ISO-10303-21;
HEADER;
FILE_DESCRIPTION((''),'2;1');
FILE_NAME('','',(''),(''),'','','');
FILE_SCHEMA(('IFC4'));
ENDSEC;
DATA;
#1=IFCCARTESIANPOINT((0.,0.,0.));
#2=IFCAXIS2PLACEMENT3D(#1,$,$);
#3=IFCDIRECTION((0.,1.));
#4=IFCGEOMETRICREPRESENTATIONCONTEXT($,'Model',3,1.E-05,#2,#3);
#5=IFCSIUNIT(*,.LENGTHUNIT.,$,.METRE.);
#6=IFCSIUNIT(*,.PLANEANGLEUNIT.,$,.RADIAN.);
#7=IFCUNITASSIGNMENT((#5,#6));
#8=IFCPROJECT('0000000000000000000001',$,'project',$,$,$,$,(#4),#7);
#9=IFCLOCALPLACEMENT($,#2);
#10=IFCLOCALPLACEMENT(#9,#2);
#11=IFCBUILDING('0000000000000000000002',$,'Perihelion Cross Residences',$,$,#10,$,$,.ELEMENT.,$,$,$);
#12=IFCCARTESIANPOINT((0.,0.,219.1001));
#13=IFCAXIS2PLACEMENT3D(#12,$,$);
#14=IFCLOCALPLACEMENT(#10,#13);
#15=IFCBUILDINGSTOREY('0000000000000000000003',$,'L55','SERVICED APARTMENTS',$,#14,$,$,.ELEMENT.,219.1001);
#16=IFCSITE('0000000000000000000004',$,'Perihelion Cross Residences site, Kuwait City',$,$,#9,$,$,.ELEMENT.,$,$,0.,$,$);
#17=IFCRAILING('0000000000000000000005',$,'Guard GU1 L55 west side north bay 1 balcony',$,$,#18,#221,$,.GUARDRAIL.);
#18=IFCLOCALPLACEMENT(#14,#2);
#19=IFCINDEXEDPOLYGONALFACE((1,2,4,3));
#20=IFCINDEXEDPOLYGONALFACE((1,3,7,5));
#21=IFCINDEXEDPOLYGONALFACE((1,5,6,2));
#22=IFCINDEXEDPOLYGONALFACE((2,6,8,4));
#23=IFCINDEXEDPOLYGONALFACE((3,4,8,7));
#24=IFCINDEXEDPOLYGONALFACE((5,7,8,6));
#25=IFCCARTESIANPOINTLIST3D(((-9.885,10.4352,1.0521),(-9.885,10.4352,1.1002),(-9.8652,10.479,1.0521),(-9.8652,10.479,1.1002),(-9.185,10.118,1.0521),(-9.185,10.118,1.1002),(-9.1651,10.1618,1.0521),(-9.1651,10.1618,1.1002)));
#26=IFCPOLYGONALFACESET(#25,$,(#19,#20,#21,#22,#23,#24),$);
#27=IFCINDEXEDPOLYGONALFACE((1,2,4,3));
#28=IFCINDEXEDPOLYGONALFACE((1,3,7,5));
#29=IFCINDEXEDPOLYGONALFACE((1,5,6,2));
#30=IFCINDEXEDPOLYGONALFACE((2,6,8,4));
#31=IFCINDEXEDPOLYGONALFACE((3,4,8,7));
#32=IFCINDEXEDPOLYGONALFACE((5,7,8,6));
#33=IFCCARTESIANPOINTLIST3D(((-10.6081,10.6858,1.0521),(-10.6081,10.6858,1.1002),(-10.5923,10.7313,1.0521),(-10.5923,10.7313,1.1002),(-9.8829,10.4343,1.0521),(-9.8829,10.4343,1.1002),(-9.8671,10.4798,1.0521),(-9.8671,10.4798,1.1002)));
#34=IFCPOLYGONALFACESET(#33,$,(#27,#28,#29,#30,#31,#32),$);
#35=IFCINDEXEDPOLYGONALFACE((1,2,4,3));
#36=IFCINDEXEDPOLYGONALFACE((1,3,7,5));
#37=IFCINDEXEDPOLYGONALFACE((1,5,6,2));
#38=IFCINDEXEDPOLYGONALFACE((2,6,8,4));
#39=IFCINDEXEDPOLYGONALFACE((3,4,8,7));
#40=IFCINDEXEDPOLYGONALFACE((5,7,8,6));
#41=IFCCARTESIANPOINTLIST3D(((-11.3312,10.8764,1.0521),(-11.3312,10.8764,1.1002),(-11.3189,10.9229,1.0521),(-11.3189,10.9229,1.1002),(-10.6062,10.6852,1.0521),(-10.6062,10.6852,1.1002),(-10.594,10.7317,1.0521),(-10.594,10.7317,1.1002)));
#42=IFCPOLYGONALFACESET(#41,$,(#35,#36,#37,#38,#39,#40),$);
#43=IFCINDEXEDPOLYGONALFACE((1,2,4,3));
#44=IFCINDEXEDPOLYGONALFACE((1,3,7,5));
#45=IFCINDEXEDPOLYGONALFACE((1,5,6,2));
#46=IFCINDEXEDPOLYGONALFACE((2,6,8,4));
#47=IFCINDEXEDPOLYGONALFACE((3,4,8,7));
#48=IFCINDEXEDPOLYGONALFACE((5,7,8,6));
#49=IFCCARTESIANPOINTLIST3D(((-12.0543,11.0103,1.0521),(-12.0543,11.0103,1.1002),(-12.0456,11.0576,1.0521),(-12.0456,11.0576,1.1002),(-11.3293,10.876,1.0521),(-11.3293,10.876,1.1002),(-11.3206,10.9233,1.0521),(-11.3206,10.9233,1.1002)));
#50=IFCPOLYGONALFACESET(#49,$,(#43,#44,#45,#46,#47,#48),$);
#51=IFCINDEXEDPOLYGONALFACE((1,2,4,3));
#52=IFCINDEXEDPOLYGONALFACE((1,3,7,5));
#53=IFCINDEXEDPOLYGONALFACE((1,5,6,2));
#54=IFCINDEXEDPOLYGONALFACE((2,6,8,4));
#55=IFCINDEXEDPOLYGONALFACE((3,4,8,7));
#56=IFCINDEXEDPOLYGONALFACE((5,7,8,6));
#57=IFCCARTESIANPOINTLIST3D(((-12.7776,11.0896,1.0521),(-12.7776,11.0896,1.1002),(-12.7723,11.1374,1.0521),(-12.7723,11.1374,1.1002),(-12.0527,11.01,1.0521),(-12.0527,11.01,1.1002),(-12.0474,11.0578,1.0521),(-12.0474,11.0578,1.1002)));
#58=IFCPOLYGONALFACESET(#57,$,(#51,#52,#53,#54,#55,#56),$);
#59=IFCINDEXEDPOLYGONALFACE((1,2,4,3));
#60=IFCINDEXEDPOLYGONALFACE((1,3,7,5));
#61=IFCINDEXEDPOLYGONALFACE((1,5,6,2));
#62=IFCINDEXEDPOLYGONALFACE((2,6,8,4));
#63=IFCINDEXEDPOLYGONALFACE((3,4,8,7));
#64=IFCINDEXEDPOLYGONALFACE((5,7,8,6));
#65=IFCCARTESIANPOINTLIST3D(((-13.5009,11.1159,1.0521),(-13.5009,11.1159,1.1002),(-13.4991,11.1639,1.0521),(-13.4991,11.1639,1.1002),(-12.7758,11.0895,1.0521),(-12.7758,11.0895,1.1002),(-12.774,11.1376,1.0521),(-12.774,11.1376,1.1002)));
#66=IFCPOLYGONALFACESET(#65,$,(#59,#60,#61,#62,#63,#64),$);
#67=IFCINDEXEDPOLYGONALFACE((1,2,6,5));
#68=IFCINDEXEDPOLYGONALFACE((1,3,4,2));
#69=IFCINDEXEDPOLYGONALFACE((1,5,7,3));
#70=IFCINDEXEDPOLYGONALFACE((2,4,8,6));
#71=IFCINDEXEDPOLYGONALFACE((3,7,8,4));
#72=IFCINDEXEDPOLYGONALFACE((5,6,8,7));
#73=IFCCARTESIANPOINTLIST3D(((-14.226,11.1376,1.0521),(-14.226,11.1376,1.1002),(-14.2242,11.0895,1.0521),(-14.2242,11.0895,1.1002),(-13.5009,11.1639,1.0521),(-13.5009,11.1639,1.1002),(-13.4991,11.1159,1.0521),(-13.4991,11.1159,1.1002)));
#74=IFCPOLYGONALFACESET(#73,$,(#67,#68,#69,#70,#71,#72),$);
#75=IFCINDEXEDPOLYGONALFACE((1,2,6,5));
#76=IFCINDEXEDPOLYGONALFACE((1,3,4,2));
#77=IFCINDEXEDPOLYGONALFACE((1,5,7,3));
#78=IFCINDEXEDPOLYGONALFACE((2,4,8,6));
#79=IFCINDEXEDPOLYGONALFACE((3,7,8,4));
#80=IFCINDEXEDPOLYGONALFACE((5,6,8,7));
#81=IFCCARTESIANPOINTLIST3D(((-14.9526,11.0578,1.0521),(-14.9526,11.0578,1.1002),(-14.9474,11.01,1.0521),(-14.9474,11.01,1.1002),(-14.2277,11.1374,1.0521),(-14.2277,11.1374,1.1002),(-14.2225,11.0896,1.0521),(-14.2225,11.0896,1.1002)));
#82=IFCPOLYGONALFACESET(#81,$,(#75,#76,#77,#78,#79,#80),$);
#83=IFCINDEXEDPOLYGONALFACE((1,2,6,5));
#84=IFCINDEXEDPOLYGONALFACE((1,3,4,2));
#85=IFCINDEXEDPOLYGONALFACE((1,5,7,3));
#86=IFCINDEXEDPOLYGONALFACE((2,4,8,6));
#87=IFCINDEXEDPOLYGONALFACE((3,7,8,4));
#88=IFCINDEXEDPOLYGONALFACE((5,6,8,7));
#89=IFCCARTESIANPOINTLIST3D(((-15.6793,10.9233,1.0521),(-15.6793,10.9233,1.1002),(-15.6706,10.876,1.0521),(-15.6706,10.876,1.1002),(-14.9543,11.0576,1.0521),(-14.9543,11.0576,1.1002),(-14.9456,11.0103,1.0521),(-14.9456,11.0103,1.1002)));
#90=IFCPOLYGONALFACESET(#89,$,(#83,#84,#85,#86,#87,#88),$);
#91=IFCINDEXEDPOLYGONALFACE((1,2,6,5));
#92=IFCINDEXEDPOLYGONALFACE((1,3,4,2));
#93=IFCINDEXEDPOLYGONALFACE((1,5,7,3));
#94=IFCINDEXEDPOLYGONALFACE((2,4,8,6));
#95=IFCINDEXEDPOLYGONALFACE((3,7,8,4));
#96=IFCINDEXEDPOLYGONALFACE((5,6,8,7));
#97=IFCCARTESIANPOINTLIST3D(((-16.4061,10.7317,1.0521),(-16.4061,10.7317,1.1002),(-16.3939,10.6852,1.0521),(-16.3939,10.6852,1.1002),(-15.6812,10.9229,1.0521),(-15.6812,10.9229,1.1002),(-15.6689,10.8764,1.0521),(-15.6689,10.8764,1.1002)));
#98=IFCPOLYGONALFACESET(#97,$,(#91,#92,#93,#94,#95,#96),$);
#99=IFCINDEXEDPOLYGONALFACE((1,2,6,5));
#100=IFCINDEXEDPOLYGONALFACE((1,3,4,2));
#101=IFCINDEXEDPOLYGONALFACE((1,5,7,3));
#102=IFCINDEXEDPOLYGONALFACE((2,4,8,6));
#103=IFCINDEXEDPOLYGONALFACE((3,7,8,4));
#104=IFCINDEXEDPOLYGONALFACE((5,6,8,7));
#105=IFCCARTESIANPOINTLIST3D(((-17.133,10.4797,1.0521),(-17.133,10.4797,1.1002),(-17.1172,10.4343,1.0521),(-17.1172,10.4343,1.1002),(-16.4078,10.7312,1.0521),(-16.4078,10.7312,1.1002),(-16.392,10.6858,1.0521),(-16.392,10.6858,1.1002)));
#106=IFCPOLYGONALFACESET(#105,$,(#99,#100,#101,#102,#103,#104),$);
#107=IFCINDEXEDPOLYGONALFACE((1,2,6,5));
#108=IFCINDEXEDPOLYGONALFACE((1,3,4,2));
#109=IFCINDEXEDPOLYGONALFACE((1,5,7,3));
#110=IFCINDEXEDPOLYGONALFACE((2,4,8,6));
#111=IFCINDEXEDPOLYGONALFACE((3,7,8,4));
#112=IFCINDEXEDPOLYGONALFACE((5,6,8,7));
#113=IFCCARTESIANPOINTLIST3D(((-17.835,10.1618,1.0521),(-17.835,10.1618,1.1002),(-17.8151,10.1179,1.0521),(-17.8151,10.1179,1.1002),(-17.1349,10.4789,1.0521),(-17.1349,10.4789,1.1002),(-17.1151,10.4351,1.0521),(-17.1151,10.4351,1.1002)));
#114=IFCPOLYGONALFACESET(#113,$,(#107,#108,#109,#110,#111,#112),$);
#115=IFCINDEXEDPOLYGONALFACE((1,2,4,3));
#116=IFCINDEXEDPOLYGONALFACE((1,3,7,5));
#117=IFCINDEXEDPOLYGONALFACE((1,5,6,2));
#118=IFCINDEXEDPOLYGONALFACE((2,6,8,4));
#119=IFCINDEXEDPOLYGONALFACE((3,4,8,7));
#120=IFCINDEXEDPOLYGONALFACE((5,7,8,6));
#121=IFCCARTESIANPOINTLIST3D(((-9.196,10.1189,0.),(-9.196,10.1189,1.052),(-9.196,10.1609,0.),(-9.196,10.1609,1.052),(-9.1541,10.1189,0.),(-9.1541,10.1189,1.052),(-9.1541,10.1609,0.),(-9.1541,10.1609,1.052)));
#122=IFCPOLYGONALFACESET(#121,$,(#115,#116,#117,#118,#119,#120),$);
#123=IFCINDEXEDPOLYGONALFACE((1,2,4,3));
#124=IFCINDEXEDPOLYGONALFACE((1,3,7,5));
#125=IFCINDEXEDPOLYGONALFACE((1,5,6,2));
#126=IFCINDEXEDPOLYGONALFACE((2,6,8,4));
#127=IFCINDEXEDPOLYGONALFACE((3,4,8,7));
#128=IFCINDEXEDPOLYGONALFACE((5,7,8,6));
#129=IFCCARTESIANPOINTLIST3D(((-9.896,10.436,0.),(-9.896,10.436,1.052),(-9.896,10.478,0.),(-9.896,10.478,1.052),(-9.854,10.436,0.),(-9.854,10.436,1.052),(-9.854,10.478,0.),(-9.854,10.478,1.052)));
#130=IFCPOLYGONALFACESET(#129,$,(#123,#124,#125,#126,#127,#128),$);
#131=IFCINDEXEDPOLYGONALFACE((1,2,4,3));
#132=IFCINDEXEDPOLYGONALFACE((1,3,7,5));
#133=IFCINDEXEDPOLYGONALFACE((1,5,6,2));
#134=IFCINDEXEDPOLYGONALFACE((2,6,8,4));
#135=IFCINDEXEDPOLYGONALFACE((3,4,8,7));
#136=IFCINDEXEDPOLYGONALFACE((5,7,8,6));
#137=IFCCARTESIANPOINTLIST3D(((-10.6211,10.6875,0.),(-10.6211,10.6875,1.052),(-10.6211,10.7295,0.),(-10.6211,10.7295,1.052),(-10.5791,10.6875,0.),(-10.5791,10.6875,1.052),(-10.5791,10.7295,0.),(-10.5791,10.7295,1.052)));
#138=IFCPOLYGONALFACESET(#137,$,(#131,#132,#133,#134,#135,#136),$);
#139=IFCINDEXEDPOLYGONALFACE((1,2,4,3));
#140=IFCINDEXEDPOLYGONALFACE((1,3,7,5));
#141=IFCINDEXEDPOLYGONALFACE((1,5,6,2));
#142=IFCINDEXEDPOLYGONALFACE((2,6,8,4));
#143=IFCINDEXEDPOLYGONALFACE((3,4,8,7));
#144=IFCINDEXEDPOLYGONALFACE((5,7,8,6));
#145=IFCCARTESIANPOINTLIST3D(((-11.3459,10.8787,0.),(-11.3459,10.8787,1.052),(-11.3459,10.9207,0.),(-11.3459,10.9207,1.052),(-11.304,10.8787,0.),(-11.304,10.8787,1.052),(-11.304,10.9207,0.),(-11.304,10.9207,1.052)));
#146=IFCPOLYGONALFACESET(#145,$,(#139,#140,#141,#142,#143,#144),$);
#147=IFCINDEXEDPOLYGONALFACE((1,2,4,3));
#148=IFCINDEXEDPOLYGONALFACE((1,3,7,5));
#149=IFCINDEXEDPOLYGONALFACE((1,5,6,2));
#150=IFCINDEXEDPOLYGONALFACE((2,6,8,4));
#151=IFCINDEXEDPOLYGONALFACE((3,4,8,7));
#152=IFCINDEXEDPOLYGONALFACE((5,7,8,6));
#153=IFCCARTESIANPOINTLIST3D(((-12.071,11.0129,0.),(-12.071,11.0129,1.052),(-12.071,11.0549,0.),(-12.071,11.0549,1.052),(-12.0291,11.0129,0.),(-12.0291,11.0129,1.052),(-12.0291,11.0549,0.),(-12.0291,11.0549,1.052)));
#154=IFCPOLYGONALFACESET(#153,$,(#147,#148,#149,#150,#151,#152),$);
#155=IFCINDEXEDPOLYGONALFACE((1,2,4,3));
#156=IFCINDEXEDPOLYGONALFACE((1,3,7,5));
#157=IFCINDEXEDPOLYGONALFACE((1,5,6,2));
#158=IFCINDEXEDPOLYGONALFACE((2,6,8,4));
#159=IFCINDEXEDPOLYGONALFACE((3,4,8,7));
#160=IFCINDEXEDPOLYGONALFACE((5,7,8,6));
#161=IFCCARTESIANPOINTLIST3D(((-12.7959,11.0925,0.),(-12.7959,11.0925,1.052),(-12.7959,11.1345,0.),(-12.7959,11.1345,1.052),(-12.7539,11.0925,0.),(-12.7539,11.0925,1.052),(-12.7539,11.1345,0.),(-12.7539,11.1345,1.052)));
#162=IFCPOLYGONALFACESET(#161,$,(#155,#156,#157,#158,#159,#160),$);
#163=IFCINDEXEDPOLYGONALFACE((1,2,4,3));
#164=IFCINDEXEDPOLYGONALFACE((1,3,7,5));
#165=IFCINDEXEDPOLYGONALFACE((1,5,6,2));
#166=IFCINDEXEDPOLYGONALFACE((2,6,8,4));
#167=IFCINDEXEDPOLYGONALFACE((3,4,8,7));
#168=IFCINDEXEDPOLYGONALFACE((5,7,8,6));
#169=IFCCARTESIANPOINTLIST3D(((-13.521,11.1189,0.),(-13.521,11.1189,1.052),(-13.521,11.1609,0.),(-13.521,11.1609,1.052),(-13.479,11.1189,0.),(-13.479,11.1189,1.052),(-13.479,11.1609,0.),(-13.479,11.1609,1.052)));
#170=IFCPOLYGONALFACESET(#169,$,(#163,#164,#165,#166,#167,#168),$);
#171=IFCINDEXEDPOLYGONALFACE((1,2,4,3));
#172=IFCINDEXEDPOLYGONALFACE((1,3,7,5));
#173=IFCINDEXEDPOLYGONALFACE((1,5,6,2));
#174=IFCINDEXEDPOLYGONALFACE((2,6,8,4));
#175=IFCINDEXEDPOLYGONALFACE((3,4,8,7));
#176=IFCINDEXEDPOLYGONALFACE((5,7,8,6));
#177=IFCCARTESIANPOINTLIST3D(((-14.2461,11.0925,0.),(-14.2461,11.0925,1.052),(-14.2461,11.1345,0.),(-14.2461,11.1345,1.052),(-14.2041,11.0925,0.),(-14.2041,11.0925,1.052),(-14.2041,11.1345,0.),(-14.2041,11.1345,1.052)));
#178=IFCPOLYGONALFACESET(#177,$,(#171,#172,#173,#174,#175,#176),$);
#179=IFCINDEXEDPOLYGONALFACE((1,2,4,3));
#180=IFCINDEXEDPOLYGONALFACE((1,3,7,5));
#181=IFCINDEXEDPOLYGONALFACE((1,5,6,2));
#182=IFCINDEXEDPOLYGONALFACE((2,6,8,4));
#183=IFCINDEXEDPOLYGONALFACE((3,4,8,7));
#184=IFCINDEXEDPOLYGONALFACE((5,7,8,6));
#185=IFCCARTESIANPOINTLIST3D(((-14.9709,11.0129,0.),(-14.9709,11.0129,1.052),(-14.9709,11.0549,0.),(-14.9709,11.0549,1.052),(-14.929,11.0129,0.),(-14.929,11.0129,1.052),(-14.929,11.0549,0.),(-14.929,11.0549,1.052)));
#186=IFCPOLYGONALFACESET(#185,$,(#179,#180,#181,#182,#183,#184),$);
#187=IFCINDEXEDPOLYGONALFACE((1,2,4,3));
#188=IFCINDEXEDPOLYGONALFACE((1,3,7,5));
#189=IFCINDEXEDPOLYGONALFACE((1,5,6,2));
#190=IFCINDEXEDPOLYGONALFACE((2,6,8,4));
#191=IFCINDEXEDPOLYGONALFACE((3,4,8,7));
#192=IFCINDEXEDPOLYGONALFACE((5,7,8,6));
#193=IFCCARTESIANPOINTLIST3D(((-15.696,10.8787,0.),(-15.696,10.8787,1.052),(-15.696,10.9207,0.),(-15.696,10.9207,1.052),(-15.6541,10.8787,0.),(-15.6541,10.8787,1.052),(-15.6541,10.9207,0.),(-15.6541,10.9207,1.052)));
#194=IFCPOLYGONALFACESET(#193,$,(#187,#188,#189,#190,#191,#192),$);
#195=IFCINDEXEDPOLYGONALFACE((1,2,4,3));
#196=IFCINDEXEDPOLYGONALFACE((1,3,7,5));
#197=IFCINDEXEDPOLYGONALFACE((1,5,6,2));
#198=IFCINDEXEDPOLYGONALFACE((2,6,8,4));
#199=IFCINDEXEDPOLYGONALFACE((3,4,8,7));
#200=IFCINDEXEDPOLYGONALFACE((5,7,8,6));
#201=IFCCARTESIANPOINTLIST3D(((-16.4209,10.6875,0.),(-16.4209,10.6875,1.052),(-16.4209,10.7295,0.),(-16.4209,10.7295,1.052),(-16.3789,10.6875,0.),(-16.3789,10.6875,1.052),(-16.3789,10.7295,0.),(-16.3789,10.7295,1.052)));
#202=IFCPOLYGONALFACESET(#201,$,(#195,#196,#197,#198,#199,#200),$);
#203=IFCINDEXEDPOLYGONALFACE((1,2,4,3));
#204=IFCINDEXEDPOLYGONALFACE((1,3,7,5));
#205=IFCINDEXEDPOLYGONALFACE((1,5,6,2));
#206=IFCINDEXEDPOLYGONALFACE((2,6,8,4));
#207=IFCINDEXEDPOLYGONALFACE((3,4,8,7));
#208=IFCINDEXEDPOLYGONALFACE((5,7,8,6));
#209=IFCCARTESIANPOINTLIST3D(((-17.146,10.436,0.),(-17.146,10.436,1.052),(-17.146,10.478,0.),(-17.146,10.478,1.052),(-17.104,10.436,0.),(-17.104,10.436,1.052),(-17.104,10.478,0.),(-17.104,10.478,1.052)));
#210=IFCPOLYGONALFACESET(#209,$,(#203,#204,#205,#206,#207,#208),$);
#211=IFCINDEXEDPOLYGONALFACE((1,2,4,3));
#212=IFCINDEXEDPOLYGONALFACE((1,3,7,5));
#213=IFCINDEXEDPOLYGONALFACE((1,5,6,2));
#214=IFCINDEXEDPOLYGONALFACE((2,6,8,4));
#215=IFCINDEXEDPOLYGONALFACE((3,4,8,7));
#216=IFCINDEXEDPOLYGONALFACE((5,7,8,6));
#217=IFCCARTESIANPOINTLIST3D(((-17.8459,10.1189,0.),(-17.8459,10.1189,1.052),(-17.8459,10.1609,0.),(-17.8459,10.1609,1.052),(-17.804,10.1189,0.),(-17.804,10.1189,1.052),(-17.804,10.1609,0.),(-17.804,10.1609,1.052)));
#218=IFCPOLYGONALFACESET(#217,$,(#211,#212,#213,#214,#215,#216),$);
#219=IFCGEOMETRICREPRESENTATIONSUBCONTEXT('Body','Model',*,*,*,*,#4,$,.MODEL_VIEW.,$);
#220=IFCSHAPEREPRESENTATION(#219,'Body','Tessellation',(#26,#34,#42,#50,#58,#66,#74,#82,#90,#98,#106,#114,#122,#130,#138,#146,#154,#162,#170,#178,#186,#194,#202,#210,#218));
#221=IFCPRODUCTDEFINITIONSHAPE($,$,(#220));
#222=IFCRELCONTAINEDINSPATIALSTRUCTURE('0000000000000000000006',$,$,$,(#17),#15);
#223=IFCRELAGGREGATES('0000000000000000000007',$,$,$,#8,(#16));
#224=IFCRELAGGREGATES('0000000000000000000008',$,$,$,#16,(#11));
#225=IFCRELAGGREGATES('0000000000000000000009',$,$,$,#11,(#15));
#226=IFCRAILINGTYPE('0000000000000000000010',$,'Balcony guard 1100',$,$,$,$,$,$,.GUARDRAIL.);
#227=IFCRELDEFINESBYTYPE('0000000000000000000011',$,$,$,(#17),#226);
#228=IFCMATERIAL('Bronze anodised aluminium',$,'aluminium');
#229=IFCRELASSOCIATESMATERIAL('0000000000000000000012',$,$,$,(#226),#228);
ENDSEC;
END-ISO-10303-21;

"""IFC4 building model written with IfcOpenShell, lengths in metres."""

from ifc_helpers import new_model, si_unit, direction, frame, origin, origin_2d, place, context, subcontext, project, spatial, rectangle, extrude, material, type_object, element, save


model = new_model("IFC4")

# Units and contexts
model_context = context("Model", 3, precision=1e-05, world=origin(), true_north=direction((0.0, 1.0)))
body_context = subcontext(model_context, "Body", "Model", "MODEL_VIEW")
ifc_project = project(units=[si_unit("LENGTHUNIT", "METRE"), si_unit("PLANEANGLEUNIT", "RADIAN")], contexts=[model_context])

# Site, building, storey
site_placement = place(None, origin())
site = spatial("IfcSite", under=ifc_project, at=site_placement, Name="Perihelion Cross Residences site, Kuwait City", CompositionType="ELEMENT", RefElevation=0.0)
building_placement = place(site_placement, origin())
building = spatial("IfcBuilding", under=site, at=building_placement, Name="Perihelion Cross Residences", CompositionType="ELEMENT")
storey_placement = place(building_placement, frame((0.0, 0.0, 219.1001)))
storey = spatial("IfcBuildingStorey", under=building, at=storey_placement, Name="L55", Description="SERVICED APARTMENTS", CompositionType="ELEMENT", Elevation=219.1001)

# Railing
ifc_material_1 = material(Name="Bronze anodised aluminium", Category="aluminium")
railing_type = type_object("IfcRailingType", Name="Balcony guard 1100", PredefinedType="GUARDRAIL", material=ifc_material_1)
railing_1_placement = place(storey_placement, frame((-9.175, 10.1399, 0.0)))
element("IfcRailing", 1, at=railing_1_placement, inside=storey, type_object=railing_type, Name="Guard GU1 L55 west side north bay 1 balcony", PredefinedType="GUARDRAIL", context=body_context, shape_type="SweptSolid", body=[
    extrude(rectangle(XDim=0.0481, YDim=0.0481, at=origin_2d()), frame((0.0, 0.0, 1.0762), z_axis=(-0.910866, 0.412702, 0.0), x_axis=(-0.412702, -0.910866, 0.0)), (0.0, 0.0, 1.0), 0.7686),
    extrude(rectangle(XDim=0.0481, YDim=0.0481, at=origin_2d()), frame((-0.7, 0.3171, 1.0762), z_axis=(-0.944797, 0.327657, 0.0), x_axis=(-0.327657, -0.944797, 0.0)), (0.0, 0.0, 1.0), 0.7676),
    extrude(rectangle(XDim=0.0481, YDim=0.0481, at=origin_2d()), frame((-1.425, 0.5686, 1.0762), z_axis=(-0.966939, 0.255006, 0.0), x_axis=(-0.255006, -0.966939, 0.0)), (0.0, 0.0, 1.0), 0.7498),
    extrude(rectangle(XDim=0.0481, YDim=0.0481, at=origin_2d()), frame((-2.1499, 0.7598, 1.0762), z_axis=(-0.983282, 0.182089, 0.0), x_axis=(-0.182089, -0.983282, 0.0)), (0.0, 0.0, 1.0), 0.7373),
    extrude(rectangle(XDim=0.0481, YDim=0.0481, at=origin_2d()), frame((-2.875, 0.894, 1.0762), z_axis=(-0.994026, 0.109145, 0.0), x_axis=(-0.109145, -0.994026, 0.0)), (0.0, 0.0, 1.0), 0.7292),
    extrude(rectangle(XDim=0.0481, YDim=0.0481, at=origin_2d()), frame((-3.5999, 0.9736, 1.0762), z_axis=(-0.999339, 0.03634, 0.0), x_axis=(-0.03634, -0.999339, 0.0)), (0.0, 0.0, 1.0), 0.7256),
    extrude(rectangle(XDim=0.0481, YDim=0.0481, at=origin_2d()), frame((-4.325, 1.0, 1.0762), z_axis=(-0.999339, -0.03634, 0.0), x_axis=(0.03634, -0.999339, 0.0)), (0.0, 0.0, 1.0), 0.7256),
    extrude(rectangle(XDim=0.0481, YDim=0.0481, at=origin_2d()), frame((-5.05, 0.9736, 1.0762), z_axis=(-0.994026, -0.109145, 0.0), x_axis=(0.109145, -0.994026, 0.0)), (0.0, 0.0, 1.0), 0.7292),
    extrude(rectangle(XDim=0.0481, YDim=0.0481, at=origin_2d()), frame((-5.7749, 0.894, 1.0762), z_axis=(-0.983282, -0.182089, 0.0), x_axis=(0.182089, -0.983282, 0.0)), (0.0, 0.0, 1.0), 0.7373),
    extrude(rectangle(XDim=0.0481, YDim=0.0481, at=origin_2d()), frame((-6.5, 0.7598, 1.0762), z_axis=(-0.966939, -0.255006, 0.0), x_axis=(0.255006, -0.966939, 0.0)), (0.0, 0.0, 1.0), 0.7498),
    extrude(rectangle(XDim=0.0481, YDim=0.0481, at=origin_2d()), frame((-7.2249, 0.5686, 1.0762), z_axis=(-0.944797, -0.327657, 0.0), x_axis=(0.327657, -0.944797, 0.0)), (0.0, 0.0, 1.0), 0.7676),
    extrude(rectangle(XDim=0.0481, YDim=0.0481, at=origin_2d()), frame((-7.95, 0.3171, 1.0762), z_axis=(-0.910866, -0.412702, 0.0), x_axis=(0.412702, -0.910866, 0.0)), (0.0, 0.0, 1.0), 0.7686),
    extrude(rectangle(XDim=0.042, YDim=0.042, at=origin_2d()), origin(), (0.0, 0.0, 1.0), 1.052),
    extrude(rectangle(XDim=0.042, YDim=0.042, at=origin_2d()), frame((-0.7, 0.3171, 0.0)), (0.0, 0.0, 1.0), 1.052),
    extrude(rectangle(XDim=0.042, YDim=0.042, at=origin_2d()), frame((-1.425, 0.5686, 0.0)), (0.0, 0.0, 1.0), 1.052),
    extrude(rectangle(XDim=0.042, YDim=0.042, at=origin_2d()), frame((-2.1499, 0.7598, 0.0)), (0.0, 0.0, 1.0), 1.052),
    extrude(rectangle(XDim=0.042, YDim=0.042, at=origin_2d()), frame((-2.875, 0.894, 0.0)), (0.0, 0.0, 1.0), 1.052),
    extrude(rectangle(XDim=0.042, YDim=0.042, at=origin_2d()), frame((-3.5999, 0.9736, 0.0)), (0.0, 0.0, 1.0), 1.052),
    extrude(rectangle(XDim=0.042, YDim=0.042, at=origin_2d()), frame((-4.325, 1.0, 0.0)), (0.0, 0.0, 1.0), 1.052),
    extrude(rectangle(XDim=0.042, YDim=0.042, at=origin_2d()), frame((-5.05, 0.9736, 0.0)), (0.0, 0.0, 1.0), 1.052),
    extrude(rectangle(XDim=0.042, YDim=0.042, at=origin_2d()), frame((-5.7749, 0.894, 0.0)), (0.0, 0.0, 1.0), 1.052),
    extrude(rectangle(XDim=0.042, YDim=0.042, at=origin_2d()), frame((-6.5, 0.7598, 0.0)), (0.0, 0.0, 1.0), 1.052),
    extrude(rectangle(XDim=0.042, YDim=0.042, at=origin_2d()), frame((-7.2249, 0.5686, 0.0)), (0.0, 0.0, 1.0), 1.052),
    extrude(rectangle(XDim=0.042, YDim=0.042, at=origin_2d()), frame((-7.95, 0.3171, 0.0)), (0.0, 0.0, 1.0), 1.052),
    extrude(rectangle(XDim=0.042, YDim=0.042, at=origin_2d()), frame((-8.6499, 0.0, 0.0)), (0.0, 0.0, 1.0), 1.052),
])

save(model, "model.ifc")
